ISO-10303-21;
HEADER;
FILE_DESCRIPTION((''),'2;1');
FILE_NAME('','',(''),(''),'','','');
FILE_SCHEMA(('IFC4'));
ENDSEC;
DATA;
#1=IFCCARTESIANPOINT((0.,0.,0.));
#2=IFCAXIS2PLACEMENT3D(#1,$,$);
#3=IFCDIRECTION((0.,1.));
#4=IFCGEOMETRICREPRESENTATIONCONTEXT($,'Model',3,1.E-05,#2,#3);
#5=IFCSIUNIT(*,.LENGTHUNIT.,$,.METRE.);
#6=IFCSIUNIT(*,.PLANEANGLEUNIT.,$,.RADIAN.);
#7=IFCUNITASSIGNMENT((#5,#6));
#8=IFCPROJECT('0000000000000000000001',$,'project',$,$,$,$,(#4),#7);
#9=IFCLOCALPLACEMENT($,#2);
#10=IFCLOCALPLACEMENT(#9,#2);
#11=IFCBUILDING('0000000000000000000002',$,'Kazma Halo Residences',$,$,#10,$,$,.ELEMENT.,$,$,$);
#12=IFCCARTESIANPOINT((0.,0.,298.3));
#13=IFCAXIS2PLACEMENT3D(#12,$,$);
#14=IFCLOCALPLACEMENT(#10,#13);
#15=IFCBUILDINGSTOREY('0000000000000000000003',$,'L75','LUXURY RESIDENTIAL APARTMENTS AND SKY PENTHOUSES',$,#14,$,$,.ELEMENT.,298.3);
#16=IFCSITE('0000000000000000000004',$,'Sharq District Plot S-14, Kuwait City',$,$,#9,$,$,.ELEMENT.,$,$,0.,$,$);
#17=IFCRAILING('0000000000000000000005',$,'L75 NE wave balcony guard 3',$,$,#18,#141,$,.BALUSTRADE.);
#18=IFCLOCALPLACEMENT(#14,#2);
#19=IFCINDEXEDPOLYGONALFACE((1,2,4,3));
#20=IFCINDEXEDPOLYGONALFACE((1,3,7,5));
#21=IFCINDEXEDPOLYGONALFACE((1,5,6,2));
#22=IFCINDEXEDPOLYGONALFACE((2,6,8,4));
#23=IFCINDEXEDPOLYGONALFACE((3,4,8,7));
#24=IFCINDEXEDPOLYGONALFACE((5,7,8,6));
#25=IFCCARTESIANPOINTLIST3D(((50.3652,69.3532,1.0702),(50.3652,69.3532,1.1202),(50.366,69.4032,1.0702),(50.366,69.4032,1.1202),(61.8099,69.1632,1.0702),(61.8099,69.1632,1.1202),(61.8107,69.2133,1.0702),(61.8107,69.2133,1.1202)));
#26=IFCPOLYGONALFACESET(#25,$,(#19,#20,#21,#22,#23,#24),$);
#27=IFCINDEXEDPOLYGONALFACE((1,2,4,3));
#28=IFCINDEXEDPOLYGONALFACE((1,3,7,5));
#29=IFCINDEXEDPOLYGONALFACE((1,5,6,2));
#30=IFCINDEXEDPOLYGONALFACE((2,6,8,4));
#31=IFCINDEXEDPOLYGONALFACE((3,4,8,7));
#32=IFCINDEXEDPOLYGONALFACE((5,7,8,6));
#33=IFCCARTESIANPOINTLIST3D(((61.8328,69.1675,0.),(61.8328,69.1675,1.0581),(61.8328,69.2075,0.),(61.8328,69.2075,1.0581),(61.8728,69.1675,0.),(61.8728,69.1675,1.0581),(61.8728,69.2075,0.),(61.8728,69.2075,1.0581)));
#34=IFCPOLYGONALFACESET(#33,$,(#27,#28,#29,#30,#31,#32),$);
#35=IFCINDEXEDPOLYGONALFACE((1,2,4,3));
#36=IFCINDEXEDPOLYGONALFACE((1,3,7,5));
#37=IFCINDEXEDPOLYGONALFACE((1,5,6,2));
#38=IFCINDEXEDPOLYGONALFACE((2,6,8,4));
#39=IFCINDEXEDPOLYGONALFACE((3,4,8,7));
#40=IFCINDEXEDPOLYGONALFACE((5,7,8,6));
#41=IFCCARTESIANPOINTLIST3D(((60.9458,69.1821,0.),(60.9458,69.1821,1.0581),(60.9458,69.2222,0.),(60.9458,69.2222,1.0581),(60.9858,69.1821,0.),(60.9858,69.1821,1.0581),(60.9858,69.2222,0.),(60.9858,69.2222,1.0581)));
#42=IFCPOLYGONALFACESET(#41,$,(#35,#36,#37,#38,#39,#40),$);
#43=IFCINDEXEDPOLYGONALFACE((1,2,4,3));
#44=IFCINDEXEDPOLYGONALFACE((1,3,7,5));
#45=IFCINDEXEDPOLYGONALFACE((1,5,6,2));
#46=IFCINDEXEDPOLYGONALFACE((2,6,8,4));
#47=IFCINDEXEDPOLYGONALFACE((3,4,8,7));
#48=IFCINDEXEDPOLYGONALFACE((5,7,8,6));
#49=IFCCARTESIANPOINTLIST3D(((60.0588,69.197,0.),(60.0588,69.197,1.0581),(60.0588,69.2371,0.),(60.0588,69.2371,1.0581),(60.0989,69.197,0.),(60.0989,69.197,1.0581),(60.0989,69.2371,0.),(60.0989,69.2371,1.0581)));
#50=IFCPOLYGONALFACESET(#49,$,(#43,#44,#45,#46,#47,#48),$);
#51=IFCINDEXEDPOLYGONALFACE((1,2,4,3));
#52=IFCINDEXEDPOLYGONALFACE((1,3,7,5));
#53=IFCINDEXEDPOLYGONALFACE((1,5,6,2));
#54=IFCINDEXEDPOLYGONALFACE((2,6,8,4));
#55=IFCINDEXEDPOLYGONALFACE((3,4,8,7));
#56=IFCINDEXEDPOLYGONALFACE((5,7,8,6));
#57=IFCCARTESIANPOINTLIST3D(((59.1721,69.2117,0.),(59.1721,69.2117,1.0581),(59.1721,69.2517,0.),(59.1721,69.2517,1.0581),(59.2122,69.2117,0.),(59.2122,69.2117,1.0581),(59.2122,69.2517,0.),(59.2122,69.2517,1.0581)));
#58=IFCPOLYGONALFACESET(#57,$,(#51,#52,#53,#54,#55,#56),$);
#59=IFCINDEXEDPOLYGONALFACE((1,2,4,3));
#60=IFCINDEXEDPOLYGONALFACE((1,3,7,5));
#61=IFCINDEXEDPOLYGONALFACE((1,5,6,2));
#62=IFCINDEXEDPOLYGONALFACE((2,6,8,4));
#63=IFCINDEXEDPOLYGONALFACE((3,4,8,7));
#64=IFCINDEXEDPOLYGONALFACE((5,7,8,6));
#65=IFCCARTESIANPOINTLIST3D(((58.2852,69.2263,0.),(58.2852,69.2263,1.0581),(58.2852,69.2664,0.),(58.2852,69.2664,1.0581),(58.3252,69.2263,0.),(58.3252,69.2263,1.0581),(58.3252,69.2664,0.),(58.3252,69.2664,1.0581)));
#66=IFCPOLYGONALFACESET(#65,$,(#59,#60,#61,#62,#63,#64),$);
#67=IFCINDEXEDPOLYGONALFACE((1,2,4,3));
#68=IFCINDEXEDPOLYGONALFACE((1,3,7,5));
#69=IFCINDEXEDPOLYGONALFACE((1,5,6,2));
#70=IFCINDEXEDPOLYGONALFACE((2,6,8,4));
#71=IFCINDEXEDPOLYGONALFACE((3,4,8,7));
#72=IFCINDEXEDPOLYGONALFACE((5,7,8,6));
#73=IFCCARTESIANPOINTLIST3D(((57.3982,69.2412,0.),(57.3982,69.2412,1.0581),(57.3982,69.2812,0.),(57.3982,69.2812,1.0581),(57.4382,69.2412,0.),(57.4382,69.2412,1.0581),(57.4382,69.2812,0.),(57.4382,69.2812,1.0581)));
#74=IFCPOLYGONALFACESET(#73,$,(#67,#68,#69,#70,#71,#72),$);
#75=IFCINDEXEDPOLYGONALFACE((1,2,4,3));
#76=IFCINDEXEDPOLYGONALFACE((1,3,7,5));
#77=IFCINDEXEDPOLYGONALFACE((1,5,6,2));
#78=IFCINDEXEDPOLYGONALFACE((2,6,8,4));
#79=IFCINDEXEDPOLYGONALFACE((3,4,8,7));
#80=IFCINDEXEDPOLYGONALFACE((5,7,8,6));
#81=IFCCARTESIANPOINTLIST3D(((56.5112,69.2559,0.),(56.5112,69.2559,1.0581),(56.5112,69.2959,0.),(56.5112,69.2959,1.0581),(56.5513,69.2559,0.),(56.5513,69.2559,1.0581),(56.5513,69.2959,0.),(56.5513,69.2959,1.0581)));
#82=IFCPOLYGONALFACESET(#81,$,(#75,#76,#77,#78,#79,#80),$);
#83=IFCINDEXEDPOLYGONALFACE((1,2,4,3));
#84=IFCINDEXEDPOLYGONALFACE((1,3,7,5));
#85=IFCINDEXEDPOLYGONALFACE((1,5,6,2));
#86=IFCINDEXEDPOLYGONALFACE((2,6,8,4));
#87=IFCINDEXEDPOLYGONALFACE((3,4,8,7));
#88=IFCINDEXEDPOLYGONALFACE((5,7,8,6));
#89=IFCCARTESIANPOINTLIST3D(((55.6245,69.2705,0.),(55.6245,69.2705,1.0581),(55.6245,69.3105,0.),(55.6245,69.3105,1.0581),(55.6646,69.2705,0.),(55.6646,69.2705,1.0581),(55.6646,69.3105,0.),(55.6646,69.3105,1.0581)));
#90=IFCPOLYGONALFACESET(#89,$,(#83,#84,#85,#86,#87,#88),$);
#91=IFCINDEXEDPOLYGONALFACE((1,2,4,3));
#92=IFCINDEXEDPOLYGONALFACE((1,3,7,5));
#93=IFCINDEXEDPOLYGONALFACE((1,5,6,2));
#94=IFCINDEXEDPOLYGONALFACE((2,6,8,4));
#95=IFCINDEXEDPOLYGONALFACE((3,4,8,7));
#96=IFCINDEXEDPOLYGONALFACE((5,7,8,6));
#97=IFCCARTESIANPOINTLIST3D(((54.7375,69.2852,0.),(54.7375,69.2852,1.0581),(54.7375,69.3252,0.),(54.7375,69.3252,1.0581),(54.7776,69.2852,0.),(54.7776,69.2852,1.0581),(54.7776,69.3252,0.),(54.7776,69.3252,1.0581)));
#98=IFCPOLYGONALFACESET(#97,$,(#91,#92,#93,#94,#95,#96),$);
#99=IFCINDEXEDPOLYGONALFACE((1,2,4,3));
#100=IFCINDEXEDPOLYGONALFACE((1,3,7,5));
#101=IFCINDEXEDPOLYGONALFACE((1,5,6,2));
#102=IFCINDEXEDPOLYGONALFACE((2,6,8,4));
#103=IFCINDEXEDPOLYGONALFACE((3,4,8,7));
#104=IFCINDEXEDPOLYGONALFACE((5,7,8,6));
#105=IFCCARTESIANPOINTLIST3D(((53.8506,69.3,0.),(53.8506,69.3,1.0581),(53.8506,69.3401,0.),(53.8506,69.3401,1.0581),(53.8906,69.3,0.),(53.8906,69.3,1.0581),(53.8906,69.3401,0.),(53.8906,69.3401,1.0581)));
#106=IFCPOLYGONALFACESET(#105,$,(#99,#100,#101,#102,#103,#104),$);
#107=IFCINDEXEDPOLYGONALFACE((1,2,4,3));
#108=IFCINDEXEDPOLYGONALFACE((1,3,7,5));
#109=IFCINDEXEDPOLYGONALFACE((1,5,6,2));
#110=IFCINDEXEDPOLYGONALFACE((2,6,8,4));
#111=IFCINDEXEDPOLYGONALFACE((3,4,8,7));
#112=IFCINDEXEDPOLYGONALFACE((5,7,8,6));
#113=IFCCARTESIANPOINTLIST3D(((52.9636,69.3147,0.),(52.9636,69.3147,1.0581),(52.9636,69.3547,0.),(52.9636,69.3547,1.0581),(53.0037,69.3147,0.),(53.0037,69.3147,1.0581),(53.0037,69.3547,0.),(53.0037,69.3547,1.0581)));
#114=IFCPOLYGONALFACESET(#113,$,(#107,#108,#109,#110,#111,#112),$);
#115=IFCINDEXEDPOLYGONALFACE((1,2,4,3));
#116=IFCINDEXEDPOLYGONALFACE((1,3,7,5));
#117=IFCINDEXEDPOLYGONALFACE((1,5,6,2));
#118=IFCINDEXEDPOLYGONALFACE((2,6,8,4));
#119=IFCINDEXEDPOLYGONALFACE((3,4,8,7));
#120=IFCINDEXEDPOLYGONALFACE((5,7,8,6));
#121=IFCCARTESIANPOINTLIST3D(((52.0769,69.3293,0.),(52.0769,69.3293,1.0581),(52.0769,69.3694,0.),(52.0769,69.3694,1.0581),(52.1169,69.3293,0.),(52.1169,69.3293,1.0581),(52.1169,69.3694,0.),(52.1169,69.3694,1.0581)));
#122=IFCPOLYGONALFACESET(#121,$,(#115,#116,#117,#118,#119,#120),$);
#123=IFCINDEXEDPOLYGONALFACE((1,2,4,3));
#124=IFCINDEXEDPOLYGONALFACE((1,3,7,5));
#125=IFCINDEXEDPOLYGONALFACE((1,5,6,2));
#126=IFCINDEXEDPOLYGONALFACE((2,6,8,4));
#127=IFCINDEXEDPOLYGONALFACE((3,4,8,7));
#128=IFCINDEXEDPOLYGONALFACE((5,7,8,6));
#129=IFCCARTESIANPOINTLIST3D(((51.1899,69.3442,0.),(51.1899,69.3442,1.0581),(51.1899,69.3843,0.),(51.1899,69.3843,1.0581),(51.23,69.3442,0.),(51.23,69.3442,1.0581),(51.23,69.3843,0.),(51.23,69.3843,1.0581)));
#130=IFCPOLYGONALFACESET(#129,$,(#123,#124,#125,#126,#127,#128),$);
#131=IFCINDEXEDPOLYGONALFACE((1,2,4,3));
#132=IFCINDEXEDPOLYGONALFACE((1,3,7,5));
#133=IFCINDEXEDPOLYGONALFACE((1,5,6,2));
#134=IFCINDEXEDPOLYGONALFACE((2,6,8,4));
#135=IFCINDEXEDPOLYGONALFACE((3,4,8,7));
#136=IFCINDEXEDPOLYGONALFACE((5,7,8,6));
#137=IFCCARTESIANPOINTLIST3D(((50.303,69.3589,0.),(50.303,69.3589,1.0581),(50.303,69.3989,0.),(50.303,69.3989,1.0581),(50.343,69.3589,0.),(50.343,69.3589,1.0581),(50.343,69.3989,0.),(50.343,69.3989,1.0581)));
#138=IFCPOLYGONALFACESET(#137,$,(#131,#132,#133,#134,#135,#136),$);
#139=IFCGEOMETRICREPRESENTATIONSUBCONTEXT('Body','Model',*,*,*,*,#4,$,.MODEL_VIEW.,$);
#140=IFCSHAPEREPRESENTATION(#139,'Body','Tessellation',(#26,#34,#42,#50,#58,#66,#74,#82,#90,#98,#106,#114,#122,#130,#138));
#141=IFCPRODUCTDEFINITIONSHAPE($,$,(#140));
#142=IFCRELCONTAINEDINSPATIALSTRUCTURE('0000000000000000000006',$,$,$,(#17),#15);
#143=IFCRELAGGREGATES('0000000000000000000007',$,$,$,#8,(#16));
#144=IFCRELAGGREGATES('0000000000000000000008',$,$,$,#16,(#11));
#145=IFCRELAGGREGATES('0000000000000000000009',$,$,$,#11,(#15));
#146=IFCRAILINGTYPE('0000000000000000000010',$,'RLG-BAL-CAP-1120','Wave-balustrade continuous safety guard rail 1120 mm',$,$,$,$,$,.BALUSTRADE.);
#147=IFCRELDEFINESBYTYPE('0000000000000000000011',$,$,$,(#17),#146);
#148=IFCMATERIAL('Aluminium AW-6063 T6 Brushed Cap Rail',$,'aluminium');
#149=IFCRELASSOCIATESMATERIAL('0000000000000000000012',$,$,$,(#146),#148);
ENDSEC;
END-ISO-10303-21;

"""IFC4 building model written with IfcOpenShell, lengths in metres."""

from ifc_helpers import new_model, si_unit, direction, frame, origin, origin_2d, place, context, subcontext, project, spatial, rectangle, extrude, material, type_object, element, save


model = new_model("IFC4")

# Units and contexts
model_context = context("Model", 3, precision=1e-05, world=origin(), true_north=direction((0.0, 1.0)))
body_context = subcontext(model_context, "Body", "Model", "MODEL_VIEW")
ifc_project = project(units=[si_unit("LENGTHUNIT", "METRE"), si_unit("PLANEANGLEUNIT", "RADIAN")], contexts=[model_context])

# Site, building, storey
site_placement = place(None, origin())
site = spatial("IfcSite", under=ifc_project, at=site_placement, Name="Sharq District Plot S-14, Kuwait City", CompositionType="ELEMENT", RefElevation=0.0)
building_placement = place(site_placement, origin())
building = spatial("IfcBuilding", under=site, at=building_placement, Name="Kazma Halo Residences", CompositionType="ELEMENT")
storey_placement = place(building_placement, frame((0.0, 0.0, 298.3)))
storey = spatial("IfcBuildingStorey", under=building, at=storey_placement, Name="L75", Description="LUXURY RESIDENTIAL APARTMENTS AND SKY PENTHOUSES", CompositionType="ELEMENT", Elevation=298.3)

# Railing
ifc_material_1 = material(Name="Aluminium AW-6063 T6 Brushed Cap Rail", Category="aluminium")
railing_type = type_object("IfcRailingType", Name="RLG-BAL-CAP-1120", Description="Wave-balustrade continuous safety guard rail 1120 mm", PredefinedType="BALUSTRADE", material=ifc_material_1)
railing_1_placement = place(storey_placement, frame((61.8528, 69.1875, 0.0)))
element("IfcRailing", 1, at=railing_1_placement, inside=storey, type_object=railing_type, Name="L75 NE wave balcony guard 3", PredefinedType="BALUSTRADE", context=body_context, shape_type="SweptSolid", body=[
    extrude(rectangle(XDim=0.05, YDim=0.05, at=origin_2d()), frame((-0.0425, 0.0007, 1.0952), z_axis=(-0.999862, 0.016599, 0.0), x_axis=(-0.016599, -0.999862, 0.0)), (0.0, 0.0, 1.0), 11.4463),
    extrude(rectangle(XDim=0.04, YDim=0.04, at=origin_2d()), origin(), (0.0, 0.0, 1.0), 1.0581),
    extrude(rectangle(XDim=0.04, YDim=0.04, at=origin_2d()), frame((-0.887, 0.0146, 0.0)), (0.0, 0.0, 1.0), 1.0581),
    extrude(rectangle(XDim=0.04, YDim=0.04, at=origin_2d()), frame((-1.7739, 0.0295, 0.0)), (0.0, 0.0, 1.0), 1.0581),
    extrude(rectangle(XDim=0.04, YDim=0.04, at=origin_2d()), frame((-2.6606, 0.0442, 0.0)), (0.0, 0.0, 1.0), 1.0581),
    extrude(rectangle(XDim=0.04, YDim=0.04, at=origin_2d()), frame((-3.5476, 0.0588, 0.0)), (0.0, 0.0, 1.0), 1.0581),
    extrude(rectangle(XDim=0.04, YDim=0.04, at=origin_2d()), frame((-4.4346, 0.0737, 0.0)), (0.0, 0.0, 1.0), 1.0581),
    extrude(rectangle(XDim=0.04, YDim=0.04, at=origin_2d()), frame((-5.3215, 0.0884, 0.0)), (0.0, 0.0, 1.0), 1.0581),
    extrude(rectangle(XDim=0.04, YDim=0.04, at=origin_2d()), frame((-6.2083, 0.103, 0.0)), (0.0, 0.0, 1.0), 1.0581),
    extrude(rectangle(XDim=0.04, YDim=0.04, at=origin_2d()), frame((-7.0952, 0.1177, 0.0)), (0.0, 0.0, 1.0), 1.0581),
    extrude(rectangle(XDim=0.04, YDim=0.04, at=origin_2d()), frame((-7.9822, 0.1326, 0.0)), (0.0, 0.0, 1.0), 1.0581),
    extrude(rectangle(XDim=0.04, YDim=0.04, at=origin_2d()), frame((-8.8691, 0.1472, 0.0)), (0.0, 0.0, 1.0), 1.0581),
    extrude(rectangle(XDim=0.04, YDim=0.04, at=origin_2d()), frame((-9.7559, 0.1619, 0.0)), (0.0, 0.0, 1.0), 1.0581),
    extrude(rectangle(XDim=0.04, YDim=0.04, at=origin_2d()), frame((-10.6428, 0.1768, 0.0)), (0.0, 0.0, 1.0), 1.0581),
    extrude(rectangle(XDim=0.04, YDim=0.04, at=origin_2d()), frame((-11.5298, 0.1914, 0.0)), (0.0, 0.0, 1.0), 1.0581),
])

save(model, "model.ifc")
